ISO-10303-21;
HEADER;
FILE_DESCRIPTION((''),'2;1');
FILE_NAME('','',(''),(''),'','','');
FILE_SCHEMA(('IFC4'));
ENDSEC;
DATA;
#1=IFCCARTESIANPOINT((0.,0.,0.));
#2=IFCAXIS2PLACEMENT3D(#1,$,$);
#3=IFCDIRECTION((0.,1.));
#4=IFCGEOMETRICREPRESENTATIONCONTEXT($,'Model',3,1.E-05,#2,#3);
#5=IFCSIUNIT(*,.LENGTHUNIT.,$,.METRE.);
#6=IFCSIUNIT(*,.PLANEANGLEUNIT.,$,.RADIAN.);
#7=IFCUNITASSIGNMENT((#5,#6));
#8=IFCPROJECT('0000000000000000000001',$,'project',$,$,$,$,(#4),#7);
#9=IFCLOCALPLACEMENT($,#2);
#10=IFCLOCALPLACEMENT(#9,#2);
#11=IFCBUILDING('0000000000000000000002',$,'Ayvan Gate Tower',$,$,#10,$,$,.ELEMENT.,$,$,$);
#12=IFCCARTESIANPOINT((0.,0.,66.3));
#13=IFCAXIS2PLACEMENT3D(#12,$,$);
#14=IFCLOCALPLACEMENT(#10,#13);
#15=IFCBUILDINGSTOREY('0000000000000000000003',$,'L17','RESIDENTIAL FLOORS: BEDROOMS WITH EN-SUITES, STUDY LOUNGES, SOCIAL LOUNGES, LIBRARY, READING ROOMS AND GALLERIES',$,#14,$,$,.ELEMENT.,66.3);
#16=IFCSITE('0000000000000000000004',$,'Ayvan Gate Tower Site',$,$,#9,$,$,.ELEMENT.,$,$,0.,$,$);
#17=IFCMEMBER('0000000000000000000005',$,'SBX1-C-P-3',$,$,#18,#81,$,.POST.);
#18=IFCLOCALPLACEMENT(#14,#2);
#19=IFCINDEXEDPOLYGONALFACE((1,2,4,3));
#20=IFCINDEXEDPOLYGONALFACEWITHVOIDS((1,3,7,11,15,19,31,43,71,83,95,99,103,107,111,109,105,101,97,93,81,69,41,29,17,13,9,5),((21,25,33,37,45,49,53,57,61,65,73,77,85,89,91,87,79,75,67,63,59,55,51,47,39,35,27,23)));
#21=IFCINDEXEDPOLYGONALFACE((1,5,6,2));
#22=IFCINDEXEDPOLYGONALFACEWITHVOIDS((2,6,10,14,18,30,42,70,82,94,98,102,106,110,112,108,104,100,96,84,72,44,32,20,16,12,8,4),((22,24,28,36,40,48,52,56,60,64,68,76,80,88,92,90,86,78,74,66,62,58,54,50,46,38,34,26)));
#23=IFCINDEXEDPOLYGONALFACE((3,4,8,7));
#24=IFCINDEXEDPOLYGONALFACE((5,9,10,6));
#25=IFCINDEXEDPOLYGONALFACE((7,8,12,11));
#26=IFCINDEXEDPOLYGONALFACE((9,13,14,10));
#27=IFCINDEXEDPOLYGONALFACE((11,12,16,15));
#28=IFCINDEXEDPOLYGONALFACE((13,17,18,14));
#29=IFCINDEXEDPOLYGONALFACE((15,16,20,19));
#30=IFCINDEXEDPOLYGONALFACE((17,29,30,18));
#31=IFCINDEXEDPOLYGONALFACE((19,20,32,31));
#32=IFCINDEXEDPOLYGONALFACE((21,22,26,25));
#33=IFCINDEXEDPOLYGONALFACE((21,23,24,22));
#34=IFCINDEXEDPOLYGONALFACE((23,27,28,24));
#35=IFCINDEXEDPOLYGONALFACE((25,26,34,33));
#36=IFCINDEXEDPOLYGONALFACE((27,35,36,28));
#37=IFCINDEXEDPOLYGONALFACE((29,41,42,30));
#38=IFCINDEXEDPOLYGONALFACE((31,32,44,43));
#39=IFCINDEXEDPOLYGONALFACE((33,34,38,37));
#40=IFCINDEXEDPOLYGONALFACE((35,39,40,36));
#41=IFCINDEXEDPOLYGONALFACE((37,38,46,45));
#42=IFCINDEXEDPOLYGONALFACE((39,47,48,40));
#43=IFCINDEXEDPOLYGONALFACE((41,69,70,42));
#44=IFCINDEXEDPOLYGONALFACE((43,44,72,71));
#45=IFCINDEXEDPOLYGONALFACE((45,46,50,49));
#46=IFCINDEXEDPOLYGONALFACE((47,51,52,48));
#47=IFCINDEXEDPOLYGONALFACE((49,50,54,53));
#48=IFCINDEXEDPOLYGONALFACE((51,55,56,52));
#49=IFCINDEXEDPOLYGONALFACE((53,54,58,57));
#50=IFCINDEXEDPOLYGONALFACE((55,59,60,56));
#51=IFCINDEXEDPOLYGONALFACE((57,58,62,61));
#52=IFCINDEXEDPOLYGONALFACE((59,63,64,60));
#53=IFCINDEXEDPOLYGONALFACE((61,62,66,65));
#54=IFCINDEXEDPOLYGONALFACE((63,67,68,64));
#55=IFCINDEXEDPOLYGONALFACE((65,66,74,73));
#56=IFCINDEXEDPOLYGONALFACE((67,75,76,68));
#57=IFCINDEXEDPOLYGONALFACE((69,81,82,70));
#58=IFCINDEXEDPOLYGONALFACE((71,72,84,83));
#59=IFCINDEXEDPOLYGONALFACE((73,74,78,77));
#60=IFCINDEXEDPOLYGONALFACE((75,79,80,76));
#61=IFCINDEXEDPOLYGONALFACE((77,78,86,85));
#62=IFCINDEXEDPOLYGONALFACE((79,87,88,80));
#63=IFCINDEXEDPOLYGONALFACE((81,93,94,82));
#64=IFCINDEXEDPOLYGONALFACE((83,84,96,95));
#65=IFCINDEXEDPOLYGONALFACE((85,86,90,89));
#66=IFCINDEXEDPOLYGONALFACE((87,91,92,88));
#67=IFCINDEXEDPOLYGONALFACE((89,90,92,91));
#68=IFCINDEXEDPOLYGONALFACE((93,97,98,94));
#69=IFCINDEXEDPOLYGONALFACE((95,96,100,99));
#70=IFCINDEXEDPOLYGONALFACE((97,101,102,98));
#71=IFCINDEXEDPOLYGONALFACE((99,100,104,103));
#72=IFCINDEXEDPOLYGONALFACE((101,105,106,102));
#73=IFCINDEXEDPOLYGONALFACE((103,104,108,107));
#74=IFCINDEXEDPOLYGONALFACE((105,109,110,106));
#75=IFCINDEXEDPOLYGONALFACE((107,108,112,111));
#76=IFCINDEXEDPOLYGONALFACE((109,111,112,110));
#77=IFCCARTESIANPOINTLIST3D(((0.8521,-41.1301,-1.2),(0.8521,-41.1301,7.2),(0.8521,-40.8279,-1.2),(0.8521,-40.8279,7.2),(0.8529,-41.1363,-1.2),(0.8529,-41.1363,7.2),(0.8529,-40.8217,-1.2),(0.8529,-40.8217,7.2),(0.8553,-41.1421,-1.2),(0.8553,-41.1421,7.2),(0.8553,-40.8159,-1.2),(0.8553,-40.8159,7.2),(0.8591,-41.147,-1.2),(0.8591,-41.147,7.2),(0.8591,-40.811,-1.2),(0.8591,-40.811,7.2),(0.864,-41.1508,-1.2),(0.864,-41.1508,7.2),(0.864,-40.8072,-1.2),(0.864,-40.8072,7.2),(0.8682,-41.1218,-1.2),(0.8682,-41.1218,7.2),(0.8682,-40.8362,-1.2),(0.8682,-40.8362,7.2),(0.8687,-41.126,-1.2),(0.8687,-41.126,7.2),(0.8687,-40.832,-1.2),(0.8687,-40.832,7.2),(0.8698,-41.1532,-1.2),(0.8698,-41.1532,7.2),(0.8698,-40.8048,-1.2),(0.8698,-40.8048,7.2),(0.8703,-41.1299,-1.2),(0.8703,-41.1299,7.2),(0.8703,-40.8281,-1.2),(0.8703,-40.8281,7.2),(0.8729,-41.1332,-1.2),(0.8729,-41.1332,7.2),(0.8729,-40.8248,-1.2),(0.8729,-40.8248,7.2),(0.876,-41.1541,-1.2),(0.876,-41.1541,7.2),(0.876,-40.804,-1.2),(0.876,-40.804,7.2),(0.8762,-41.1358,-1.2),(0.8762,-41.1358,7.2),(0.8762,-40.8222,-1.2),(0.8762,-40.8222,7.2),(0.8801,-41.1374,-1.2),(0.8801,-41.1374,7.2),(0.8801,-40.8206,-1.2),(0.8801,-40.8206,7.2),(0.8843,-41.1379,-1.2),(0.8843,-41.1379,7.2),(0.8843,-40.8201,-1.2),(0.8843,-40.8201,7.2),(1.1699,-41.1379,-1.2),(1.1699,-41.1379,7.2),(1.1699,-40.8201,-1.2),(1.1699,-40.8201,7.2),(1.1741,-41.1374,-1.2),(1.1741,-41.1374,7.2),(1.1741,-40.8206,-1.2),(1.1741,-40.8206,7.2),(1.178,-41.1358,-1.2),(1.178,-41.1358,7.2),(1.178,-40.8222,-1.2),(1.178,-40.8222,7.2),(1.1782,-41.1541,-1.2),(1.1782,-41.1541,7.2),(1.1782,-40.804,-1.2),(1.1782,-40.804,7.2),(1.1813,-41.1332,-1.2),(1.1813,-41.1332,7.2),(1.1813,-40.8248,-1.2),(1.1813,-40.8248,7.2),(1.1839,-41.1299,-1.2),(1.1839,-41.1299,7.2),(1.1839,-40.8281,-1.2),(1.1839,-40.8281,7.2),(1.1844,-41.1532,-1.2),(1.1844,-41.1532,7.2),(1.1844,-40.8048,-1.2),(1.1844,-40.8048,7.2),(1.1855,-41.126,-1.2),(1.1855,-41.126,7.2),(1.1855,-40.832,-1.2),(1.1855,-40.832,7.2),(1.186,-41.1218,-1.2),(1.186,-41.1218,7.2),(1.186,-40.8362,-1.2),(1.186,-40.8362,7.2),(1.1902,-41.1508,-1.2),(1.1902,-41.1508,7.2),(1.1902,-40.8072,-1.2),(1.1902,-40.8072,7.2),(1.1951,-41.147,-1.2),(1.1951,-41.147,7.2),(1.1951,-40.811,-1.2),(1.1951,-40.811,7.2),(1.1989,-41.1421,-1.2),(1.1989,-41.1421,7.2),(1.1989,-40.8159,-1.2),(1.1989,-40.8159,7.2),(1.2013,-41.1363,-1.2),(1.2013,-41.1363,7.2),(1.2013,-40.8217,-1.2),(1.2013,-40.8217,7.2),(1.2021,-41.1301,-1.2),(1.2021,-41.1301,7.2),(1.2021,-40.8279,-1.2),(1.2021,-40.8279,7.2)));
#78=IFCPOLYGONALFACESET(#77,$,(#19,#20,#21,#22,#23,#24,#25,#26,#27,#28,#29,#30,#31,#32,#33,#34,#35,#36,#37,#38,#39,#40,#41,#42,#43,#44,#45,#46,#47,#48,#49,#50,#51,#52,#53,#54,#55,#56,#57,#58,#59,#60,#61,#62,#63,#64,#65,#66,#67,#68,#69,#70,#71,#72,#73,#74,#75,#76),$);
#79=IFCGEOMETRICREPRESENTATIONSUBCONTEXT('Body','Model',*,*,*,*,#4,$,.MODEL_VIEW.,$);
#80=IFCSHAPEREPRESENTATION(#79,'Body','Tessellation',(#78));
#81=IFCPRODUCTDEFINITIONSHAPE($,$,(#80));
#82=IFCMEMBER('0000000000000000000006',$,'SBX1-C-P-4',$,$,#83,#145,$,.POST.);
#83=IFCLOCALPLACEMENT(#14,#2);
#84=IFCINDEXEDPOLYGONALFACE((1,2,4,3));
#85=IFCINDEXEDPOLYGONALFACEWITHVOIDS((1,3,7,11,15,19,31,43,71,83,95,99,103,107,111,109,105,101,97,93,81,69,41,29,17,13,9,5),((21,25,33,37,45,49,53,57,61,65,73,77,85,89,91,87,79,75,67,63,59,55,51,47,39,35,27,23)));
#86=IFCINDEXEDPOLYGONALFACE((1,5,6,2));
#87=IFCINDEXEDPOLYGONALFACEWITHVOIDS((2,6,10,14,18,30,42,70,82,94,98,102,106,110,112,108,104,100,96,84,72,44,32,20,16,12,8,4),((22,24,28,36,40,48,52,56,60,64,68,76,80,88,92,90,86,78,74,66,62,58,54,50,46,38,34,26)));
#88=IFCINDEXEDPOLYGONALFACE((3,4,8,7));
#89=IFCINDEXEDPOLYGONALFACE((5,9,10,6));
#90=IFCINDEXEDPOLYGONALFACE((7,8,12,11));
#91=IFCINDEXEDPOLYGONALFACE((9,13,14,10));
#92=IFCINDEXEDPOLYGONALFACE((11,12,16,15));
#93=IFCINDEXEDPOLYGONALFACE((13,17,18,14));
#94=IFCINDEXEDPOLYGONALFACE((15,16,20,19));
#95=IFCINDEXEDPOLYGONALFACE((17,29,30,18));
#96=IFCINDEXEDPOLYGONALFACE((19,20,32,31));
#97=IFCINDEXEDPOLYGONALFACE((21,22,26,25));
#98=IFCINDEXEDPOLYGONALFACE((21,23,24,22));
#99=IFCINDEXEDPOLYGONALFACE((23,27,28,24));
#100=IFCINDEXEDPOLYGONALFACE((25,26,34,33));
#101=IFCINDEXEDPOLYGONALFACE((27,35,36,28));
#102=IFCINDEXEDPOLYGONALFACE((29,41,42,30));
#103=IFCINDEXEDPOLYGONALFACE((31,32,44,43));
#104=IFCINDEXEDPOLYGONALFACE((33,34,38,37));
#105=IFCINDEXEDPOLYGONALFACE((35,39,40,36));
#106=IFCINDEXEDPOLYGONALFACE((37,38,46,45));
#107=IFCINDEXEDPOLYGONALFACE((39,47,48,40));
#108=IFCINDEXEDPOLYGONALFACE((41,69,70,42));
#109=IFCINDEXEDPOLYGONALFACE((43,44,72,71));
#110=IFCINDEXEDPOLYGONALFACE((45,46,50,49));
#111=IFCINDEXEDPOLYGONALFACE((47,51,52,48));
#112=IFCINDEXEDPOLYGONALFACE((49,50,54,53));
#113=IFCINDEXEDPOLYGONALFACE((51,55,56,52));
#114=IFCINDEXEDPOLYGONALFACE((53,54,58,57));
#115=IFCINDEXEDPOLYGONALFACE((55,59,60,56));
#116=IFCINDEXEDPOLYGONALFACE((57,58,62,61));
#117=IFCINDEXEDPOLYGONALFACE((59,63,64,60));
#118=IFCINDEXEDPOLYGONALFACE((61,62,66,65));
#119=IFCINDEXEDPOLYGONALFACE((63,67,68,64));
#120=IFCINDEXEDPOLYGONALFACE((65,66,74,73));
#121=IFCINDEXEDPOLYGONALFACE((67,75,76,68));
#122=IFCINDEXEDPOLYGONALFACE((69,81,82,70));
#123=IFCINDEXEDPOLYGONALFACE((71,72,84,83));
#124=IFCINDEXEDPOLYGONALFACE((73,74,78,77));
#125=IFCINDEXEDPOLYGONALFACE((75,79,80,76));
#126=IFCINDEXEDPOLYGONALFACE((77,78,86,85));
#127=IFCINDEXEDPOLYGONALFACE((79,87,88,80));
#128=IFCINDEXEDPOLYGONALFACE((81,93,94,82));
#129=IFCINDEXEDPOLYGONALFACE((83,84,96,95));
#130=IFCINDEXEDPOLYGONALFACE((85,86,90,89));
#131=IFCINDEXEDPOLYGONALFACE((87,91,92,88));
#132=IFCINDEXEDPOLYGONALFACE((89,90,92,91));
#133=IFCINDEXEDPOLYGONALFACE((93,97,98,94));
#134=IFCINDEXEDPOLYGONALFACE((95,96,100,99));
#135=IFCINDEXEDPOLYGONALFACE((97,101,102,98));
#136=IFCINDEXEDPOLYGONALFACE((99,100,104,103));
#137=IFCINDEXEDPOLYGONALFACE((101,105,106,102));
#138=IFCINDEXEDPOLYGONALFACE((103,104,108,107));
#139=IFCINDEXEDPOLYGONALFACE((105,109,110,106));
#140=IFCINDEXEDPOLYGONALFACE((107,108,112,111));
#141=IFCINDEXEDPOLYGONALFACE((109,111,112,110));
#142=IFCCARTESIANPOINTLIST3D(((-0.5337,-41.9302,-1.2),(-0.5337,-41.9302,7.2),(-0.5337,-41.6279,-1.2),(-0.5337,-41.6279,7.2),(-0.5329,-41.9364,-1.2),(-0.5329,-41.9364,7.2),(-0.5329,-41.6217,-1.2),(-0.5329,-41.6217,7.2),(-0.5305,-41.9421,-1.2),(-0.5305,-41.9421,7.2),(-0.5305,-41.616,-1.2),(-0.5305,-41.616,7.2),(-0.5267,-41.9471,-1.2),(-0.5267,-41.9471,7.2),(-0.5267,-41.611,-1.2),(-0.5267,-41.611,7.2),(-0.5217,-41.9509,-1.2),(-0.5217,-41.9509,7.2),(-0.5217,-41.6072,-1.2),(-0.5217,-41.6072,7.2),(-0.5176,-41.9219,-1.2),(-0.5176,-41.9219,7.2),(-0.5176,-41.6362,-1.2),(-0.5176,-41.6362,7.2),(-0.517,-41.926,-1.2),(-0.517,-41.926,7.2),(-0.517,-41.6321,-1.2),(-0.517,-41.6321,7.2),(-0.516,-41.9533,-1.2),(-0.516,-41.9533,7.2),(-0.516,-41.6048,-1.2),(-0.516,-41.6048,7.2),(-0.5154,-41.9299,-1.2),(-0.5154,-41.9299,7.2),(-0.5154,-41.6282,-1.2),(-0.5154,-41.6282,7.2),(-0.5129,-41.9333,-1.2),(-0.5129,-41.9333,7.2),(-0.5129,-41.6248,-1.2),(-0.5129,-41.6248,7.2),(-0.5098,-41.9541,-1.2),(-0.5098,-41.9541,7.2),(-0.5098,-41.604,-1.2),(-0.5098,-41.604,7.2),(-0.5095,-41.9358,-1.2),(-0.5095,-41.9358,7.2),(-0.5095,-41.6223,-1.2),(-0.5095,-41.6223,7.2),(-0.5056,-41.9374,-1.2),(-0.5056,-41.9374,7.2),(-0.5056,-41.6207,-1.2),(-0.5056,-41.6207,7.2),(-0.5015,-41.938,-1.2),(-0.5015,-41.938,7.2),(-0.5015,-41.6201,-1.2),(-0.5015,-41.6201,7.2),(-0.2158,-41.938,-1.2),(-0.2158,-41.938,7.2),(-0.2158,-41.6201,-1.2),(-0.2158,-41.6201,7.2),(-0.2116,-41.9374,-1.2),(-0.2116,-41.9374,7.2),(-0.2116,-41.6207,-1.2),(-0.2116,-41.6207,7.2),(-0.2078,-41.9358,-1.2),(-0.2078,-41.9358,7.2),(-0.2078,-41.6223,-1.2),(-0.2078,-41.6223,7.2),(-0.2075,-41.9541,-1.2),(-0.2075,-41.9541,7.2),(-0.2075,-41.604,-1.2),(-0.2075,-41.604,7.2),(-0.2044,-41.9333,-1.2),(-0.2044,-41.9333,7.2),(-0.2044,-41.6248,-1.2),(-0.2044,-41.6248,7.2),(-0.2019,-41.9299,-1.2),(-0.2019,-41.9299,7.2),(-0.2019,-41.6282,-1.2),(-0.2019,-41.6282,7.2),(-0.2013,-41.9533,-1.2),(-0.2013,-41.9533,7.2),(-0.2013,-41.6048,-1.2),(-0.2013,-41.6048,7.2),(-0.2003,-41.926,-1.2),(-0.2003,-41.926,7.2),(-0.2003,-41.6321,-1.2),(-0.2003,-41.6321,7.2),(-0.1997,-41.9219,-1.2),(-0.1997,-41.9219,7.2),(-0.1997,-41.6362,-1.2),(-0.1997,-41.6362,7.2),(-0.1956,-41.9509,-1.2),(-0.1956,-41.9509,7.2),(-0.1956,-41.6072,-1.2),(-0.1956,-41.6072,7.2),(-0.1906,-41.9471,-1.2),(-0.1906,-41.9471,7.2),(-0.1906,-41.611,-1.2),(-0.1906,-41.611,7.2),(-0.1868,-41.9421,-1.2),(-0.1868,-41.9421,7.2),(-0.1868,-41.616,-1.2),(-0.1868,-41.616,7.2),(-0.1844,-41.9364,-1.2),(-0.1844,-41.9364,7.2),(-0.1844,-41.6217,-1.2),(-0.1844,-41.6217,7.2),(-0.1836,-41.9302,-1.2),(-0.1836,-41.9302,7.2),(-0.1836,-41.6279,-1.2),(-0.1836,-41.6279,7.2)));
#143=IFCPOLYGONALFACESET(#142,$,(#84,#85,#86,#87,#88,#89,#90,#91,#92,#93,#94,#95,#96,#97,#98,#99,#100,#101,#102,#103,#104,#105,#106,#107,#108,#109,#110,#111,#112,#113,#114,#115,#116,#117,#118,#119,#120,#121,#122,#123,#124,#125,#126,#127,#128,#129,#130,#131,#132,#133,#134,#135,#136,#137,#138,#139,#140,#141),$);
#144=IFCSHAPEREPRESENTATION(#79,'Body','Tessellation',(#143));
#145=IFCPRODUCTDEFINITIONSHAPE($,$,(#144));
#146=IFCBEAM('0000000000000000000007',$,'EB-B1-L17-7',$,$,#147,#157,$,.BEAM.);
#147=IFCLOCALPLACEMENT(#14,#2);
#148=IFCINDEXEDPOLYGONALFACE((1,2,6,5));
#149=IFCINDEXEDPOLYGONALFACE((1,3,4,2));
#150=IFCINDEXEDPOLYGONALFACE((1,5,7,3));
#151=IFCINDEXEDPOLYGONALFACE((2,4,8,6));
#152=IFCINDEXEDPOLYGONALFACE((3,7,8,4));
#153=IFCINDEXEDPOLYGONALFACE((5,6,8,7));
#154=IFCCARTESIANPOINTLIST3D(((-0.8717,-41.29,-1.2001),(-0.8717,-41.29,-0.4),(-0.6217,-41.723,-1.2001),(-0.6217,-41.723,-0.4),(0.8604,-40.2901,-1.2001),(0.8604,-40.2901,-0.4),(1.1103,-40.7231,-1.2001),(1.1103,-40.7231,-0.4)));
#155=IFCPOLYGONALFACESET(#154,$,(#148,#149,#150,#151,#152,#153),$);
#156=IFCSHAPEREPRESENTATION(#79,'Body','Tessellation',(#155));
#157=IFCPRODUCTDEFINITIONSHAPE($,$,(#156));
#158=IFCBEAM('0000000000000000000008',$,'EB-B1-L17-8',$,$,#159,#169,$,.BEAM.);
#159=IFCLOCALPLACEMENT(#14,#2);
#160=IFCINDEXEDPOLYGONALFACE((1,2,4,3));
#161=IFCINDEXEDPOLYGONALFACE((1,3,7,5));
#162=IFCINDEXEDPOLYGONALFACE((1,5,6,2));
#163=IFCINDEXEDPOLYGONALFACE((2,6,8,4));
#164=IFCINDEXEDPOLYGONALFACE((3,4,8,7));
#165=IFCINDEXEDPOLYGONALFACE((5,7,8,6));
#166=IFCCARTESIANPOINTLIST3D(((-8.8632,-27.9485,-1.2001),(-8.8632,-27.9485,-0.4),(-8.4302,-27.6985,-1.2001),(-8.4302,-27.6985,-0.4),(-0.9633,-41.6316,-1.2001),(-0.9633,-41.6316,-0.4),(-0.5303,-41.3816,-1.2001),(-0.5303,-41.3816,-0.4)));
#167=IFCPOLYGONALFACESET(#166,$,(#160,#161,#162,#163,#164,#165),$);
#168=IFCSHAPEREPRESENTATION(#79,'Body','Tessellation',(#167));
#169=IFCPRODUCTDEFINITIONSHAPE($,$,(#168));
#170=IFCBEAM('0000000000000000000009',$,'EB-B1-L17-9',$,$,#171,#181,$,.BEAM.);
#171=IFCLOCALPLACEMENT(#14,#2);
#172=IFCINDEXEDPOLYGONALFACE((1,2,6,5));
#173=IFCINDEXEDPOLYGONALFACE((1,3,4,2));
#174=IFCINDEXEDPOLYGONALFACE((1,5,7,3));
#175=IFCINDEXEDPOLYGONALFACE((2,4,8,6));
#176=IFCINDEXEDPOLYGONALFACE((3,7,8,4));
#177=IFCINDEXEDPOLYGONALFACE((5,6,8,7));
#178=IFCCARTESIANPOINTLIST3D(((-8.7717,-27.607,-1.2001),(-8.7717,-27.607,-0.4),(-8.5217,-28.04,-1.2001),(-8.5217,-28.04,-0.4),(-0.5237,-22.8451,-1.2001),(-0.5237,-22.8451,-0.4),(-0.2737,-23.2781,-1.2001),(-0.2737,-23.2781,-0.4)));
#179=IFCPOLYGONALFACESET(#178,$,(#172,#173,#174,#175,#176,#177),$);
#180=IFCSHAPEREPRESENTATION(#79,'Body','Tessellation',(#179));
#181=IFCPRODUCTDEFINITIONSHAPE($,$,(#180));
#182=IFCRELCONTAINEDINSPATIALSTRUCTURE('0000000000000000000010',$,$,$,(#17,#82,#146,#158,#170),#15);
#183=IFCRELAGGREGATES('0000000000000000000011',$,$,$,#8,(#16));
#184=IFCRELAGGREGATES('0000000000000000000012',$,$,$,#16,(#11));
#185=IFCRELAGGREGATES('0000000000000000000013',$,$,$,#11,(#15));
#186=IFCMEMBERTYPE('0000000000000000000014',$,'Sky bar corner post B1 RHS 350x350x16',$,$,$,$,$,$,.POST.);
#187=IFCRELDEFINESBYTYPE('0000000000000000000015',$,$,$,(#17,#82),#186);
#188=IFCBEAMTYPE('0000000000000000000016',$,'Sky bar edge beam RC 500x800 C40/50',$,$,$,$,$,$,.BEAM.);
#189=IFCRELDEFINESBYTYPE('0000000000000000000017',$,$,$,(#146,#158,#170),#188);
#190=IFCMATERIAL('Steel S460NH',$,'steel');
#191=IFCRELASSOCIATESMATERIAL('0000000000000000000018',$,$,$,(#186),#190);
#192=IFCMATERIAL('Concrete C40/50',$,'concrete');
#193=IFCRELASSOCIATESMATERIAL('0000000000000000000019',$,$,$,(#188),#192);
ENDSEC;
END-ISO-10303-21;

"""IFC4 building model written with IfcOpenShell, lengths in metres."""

from ifc_helpers import new_model, si_unit, direction, frame, origin, origin_2d, place, context, subcontext, project, spatial, rectangle, hollow_rectangle, extrude, material, material_profile, profile_set, type_object, element, save


model = new_model("IFC4")

# Units and contexts
model_context = context("Model", 3, precision=1e-05, world=origin(), true_north=direction((0.0, 1.0)))
body_context = subcontext(model_context, "Body", "Model", "MODEL_VIEW")
ifc_project = project(units=[si_unit("LENGTHUNIT", "METRE"), si_unit("PLANEANGLEUNIT", "RADIAN")], contexts=[model_context])

# Site, building, storey
site_placement = place(None, origin())
site = spatial("IfcSite", under=ifc_project, at=site_placement, Name="Ayvan Gate Tower Site", CompositionType="ELEMENT", RefElevation=0.0)
building_placement = place(site_placement, origin())
building = spatial("IfcBuilding", under=site, at=building_placement, Name="Ayvan Gate Tower", CompositionType="ELEMENT")
storey_placement = place(building_placement, frame((0.0, 0.0, 66.3)))
storey = spatial("IfcBuildingStorey", under=building, at=storey_placement, Name="L17", Description="RESIDENTIAL FLOORS: BEDROOMS WITH EN-SUITES, STUDY LOUNGES, SOCIAL LOUNGES, LIBRARY, READING ROOMS AND GALLERIES", CompositionType="ELEMENT", Elevation=66.3)

# Members
ifc_material_1 = material(Name="Steel S460NH", Category="steel")
ifc_material_profile_1 = material_profile(ifc_material_1, hollow_rectangle(XDim=0.3501, YDim=0.3501, WallThickness=0.0161, InnerFilletRadius=0.0161, OuterFilletRadius=0.0239, at=origin_2d()), Name="RHS 350x350x16")
ifc_profile_set_1 = profile_set([ifc_material_profile_1], Name="Steel S460NH")
member_type_1 = type_object("IfcMemberType", Name="Sky bar corner post B1 RHS 350x350x16", PredefinedType="POST", material=ifc_profile_set_1)
for number, where, z_axis, x_axis, name in (
    (1, (1.0271, -40.979, -1.2), (0.0, 0.0, 1.0), (1.0, 0.0, 0.0), "SBX1-C-P-3"),
    (2, (-0.3586, -41.7791, -1.2), (0.0, 0.0, 1.0), (1.0, 0.0, 0.0), "SBX1-C-P-4"),
):
    element("IfcMember", number, at=place(storey_placement, frame(where, z_axis=z_axis, x_axis=x_axis)), inside=storey, type_object=member_type_1, Name=name, PredefinedType="POST", context=body_context, shape_type="SweptSolid", body=[
        extrude(hollow_rectangle(XDim=0.3501, YDim=0.3501, WallThickness=0.0161, InnerFilletRadius=0.0161, OuterFilletRadius=0.0239, at=origin_2d()), origin(), (0.0, 0.0, 1.0), 8.3999),
    ])

# Beams
ifc_material_2 = material(Name="Concrete C40/50", Category="concrete")
ifc_material_profile_2 = material_profile(ifc_material_2, rectangle(XDim=0.5, YDim=0.8, at=origin_2d()), Name="RC 500x800")
ifc_profile_set_2 = profile_set([ifc_material_profile_2], Name="Concrete C40/50")
beam_type = type_object("IfcBeamType", Name="Sky bar edge beam RC 500x800 C40/50", PredefinedType="BEAM", material=ifc_profile_set_2)
beam_1_placement = place(storey_placement, frame((0.9854, -40.5066, -0.8), z_axis=(-0.866041, -0.499973, 0.0), x_axis=(0.499973, -0.866041, 0.0)))
element("IfcBeam", 3, at=beam_1_placement, inside=storey, type_object=beam_type, Name="EB-B1-L17-7", PredefinedType="BEAM", context=body_context, shape_type="SweptSolid", body=[
    extrude(rectangle(XDim=0.5, YDim=0.8, at=origin_2d()), origin(), (0.0, 0.0, 1.0), 2.0),
])
beam_2_placement = place(storey_placement, frame((-0.7468, -41.5066, -0.8), z_axis=(-0.499998, 0.866027, 0.0), x_axis=(-0.866027, -0.499998, 0.0)))
element("IfcBeam", 4, at=beam_2_placement, inside=storey, type_object=beam_type, Name="EB-B1-L17-8", PredefinedType="BEAM", context=body_context, shape_type="SweptSolid", body=[
    extrude(rectangle(XDim=0.5, YDim=0.8, at=origin_2d()), origin(), (0.0, 0.0, 1.0), 15.7998),
])
beam_3_placement = place(storey_placement, frame((-8.6467, -27.8235, -0.8), z_axis=(0.866028, 0.499996, 0.0), x_axis=(-0.499996, 0.866028, 0.0)))
element("IfcBeam", 5, at=beam_3_placement, inside=storey, type_object=beam_type, Name="EB-B1-L17-9", PredefinedType="BEAM", context=body_context, shape_type="SweptSolid", body=[
    extrude(rectangle(XDim=0.5, YDim=0.8, at=origin_2d()), origin(), (0.0, 0.0, 1.0), 9.5239),
])

save(model, "model.ifc")
